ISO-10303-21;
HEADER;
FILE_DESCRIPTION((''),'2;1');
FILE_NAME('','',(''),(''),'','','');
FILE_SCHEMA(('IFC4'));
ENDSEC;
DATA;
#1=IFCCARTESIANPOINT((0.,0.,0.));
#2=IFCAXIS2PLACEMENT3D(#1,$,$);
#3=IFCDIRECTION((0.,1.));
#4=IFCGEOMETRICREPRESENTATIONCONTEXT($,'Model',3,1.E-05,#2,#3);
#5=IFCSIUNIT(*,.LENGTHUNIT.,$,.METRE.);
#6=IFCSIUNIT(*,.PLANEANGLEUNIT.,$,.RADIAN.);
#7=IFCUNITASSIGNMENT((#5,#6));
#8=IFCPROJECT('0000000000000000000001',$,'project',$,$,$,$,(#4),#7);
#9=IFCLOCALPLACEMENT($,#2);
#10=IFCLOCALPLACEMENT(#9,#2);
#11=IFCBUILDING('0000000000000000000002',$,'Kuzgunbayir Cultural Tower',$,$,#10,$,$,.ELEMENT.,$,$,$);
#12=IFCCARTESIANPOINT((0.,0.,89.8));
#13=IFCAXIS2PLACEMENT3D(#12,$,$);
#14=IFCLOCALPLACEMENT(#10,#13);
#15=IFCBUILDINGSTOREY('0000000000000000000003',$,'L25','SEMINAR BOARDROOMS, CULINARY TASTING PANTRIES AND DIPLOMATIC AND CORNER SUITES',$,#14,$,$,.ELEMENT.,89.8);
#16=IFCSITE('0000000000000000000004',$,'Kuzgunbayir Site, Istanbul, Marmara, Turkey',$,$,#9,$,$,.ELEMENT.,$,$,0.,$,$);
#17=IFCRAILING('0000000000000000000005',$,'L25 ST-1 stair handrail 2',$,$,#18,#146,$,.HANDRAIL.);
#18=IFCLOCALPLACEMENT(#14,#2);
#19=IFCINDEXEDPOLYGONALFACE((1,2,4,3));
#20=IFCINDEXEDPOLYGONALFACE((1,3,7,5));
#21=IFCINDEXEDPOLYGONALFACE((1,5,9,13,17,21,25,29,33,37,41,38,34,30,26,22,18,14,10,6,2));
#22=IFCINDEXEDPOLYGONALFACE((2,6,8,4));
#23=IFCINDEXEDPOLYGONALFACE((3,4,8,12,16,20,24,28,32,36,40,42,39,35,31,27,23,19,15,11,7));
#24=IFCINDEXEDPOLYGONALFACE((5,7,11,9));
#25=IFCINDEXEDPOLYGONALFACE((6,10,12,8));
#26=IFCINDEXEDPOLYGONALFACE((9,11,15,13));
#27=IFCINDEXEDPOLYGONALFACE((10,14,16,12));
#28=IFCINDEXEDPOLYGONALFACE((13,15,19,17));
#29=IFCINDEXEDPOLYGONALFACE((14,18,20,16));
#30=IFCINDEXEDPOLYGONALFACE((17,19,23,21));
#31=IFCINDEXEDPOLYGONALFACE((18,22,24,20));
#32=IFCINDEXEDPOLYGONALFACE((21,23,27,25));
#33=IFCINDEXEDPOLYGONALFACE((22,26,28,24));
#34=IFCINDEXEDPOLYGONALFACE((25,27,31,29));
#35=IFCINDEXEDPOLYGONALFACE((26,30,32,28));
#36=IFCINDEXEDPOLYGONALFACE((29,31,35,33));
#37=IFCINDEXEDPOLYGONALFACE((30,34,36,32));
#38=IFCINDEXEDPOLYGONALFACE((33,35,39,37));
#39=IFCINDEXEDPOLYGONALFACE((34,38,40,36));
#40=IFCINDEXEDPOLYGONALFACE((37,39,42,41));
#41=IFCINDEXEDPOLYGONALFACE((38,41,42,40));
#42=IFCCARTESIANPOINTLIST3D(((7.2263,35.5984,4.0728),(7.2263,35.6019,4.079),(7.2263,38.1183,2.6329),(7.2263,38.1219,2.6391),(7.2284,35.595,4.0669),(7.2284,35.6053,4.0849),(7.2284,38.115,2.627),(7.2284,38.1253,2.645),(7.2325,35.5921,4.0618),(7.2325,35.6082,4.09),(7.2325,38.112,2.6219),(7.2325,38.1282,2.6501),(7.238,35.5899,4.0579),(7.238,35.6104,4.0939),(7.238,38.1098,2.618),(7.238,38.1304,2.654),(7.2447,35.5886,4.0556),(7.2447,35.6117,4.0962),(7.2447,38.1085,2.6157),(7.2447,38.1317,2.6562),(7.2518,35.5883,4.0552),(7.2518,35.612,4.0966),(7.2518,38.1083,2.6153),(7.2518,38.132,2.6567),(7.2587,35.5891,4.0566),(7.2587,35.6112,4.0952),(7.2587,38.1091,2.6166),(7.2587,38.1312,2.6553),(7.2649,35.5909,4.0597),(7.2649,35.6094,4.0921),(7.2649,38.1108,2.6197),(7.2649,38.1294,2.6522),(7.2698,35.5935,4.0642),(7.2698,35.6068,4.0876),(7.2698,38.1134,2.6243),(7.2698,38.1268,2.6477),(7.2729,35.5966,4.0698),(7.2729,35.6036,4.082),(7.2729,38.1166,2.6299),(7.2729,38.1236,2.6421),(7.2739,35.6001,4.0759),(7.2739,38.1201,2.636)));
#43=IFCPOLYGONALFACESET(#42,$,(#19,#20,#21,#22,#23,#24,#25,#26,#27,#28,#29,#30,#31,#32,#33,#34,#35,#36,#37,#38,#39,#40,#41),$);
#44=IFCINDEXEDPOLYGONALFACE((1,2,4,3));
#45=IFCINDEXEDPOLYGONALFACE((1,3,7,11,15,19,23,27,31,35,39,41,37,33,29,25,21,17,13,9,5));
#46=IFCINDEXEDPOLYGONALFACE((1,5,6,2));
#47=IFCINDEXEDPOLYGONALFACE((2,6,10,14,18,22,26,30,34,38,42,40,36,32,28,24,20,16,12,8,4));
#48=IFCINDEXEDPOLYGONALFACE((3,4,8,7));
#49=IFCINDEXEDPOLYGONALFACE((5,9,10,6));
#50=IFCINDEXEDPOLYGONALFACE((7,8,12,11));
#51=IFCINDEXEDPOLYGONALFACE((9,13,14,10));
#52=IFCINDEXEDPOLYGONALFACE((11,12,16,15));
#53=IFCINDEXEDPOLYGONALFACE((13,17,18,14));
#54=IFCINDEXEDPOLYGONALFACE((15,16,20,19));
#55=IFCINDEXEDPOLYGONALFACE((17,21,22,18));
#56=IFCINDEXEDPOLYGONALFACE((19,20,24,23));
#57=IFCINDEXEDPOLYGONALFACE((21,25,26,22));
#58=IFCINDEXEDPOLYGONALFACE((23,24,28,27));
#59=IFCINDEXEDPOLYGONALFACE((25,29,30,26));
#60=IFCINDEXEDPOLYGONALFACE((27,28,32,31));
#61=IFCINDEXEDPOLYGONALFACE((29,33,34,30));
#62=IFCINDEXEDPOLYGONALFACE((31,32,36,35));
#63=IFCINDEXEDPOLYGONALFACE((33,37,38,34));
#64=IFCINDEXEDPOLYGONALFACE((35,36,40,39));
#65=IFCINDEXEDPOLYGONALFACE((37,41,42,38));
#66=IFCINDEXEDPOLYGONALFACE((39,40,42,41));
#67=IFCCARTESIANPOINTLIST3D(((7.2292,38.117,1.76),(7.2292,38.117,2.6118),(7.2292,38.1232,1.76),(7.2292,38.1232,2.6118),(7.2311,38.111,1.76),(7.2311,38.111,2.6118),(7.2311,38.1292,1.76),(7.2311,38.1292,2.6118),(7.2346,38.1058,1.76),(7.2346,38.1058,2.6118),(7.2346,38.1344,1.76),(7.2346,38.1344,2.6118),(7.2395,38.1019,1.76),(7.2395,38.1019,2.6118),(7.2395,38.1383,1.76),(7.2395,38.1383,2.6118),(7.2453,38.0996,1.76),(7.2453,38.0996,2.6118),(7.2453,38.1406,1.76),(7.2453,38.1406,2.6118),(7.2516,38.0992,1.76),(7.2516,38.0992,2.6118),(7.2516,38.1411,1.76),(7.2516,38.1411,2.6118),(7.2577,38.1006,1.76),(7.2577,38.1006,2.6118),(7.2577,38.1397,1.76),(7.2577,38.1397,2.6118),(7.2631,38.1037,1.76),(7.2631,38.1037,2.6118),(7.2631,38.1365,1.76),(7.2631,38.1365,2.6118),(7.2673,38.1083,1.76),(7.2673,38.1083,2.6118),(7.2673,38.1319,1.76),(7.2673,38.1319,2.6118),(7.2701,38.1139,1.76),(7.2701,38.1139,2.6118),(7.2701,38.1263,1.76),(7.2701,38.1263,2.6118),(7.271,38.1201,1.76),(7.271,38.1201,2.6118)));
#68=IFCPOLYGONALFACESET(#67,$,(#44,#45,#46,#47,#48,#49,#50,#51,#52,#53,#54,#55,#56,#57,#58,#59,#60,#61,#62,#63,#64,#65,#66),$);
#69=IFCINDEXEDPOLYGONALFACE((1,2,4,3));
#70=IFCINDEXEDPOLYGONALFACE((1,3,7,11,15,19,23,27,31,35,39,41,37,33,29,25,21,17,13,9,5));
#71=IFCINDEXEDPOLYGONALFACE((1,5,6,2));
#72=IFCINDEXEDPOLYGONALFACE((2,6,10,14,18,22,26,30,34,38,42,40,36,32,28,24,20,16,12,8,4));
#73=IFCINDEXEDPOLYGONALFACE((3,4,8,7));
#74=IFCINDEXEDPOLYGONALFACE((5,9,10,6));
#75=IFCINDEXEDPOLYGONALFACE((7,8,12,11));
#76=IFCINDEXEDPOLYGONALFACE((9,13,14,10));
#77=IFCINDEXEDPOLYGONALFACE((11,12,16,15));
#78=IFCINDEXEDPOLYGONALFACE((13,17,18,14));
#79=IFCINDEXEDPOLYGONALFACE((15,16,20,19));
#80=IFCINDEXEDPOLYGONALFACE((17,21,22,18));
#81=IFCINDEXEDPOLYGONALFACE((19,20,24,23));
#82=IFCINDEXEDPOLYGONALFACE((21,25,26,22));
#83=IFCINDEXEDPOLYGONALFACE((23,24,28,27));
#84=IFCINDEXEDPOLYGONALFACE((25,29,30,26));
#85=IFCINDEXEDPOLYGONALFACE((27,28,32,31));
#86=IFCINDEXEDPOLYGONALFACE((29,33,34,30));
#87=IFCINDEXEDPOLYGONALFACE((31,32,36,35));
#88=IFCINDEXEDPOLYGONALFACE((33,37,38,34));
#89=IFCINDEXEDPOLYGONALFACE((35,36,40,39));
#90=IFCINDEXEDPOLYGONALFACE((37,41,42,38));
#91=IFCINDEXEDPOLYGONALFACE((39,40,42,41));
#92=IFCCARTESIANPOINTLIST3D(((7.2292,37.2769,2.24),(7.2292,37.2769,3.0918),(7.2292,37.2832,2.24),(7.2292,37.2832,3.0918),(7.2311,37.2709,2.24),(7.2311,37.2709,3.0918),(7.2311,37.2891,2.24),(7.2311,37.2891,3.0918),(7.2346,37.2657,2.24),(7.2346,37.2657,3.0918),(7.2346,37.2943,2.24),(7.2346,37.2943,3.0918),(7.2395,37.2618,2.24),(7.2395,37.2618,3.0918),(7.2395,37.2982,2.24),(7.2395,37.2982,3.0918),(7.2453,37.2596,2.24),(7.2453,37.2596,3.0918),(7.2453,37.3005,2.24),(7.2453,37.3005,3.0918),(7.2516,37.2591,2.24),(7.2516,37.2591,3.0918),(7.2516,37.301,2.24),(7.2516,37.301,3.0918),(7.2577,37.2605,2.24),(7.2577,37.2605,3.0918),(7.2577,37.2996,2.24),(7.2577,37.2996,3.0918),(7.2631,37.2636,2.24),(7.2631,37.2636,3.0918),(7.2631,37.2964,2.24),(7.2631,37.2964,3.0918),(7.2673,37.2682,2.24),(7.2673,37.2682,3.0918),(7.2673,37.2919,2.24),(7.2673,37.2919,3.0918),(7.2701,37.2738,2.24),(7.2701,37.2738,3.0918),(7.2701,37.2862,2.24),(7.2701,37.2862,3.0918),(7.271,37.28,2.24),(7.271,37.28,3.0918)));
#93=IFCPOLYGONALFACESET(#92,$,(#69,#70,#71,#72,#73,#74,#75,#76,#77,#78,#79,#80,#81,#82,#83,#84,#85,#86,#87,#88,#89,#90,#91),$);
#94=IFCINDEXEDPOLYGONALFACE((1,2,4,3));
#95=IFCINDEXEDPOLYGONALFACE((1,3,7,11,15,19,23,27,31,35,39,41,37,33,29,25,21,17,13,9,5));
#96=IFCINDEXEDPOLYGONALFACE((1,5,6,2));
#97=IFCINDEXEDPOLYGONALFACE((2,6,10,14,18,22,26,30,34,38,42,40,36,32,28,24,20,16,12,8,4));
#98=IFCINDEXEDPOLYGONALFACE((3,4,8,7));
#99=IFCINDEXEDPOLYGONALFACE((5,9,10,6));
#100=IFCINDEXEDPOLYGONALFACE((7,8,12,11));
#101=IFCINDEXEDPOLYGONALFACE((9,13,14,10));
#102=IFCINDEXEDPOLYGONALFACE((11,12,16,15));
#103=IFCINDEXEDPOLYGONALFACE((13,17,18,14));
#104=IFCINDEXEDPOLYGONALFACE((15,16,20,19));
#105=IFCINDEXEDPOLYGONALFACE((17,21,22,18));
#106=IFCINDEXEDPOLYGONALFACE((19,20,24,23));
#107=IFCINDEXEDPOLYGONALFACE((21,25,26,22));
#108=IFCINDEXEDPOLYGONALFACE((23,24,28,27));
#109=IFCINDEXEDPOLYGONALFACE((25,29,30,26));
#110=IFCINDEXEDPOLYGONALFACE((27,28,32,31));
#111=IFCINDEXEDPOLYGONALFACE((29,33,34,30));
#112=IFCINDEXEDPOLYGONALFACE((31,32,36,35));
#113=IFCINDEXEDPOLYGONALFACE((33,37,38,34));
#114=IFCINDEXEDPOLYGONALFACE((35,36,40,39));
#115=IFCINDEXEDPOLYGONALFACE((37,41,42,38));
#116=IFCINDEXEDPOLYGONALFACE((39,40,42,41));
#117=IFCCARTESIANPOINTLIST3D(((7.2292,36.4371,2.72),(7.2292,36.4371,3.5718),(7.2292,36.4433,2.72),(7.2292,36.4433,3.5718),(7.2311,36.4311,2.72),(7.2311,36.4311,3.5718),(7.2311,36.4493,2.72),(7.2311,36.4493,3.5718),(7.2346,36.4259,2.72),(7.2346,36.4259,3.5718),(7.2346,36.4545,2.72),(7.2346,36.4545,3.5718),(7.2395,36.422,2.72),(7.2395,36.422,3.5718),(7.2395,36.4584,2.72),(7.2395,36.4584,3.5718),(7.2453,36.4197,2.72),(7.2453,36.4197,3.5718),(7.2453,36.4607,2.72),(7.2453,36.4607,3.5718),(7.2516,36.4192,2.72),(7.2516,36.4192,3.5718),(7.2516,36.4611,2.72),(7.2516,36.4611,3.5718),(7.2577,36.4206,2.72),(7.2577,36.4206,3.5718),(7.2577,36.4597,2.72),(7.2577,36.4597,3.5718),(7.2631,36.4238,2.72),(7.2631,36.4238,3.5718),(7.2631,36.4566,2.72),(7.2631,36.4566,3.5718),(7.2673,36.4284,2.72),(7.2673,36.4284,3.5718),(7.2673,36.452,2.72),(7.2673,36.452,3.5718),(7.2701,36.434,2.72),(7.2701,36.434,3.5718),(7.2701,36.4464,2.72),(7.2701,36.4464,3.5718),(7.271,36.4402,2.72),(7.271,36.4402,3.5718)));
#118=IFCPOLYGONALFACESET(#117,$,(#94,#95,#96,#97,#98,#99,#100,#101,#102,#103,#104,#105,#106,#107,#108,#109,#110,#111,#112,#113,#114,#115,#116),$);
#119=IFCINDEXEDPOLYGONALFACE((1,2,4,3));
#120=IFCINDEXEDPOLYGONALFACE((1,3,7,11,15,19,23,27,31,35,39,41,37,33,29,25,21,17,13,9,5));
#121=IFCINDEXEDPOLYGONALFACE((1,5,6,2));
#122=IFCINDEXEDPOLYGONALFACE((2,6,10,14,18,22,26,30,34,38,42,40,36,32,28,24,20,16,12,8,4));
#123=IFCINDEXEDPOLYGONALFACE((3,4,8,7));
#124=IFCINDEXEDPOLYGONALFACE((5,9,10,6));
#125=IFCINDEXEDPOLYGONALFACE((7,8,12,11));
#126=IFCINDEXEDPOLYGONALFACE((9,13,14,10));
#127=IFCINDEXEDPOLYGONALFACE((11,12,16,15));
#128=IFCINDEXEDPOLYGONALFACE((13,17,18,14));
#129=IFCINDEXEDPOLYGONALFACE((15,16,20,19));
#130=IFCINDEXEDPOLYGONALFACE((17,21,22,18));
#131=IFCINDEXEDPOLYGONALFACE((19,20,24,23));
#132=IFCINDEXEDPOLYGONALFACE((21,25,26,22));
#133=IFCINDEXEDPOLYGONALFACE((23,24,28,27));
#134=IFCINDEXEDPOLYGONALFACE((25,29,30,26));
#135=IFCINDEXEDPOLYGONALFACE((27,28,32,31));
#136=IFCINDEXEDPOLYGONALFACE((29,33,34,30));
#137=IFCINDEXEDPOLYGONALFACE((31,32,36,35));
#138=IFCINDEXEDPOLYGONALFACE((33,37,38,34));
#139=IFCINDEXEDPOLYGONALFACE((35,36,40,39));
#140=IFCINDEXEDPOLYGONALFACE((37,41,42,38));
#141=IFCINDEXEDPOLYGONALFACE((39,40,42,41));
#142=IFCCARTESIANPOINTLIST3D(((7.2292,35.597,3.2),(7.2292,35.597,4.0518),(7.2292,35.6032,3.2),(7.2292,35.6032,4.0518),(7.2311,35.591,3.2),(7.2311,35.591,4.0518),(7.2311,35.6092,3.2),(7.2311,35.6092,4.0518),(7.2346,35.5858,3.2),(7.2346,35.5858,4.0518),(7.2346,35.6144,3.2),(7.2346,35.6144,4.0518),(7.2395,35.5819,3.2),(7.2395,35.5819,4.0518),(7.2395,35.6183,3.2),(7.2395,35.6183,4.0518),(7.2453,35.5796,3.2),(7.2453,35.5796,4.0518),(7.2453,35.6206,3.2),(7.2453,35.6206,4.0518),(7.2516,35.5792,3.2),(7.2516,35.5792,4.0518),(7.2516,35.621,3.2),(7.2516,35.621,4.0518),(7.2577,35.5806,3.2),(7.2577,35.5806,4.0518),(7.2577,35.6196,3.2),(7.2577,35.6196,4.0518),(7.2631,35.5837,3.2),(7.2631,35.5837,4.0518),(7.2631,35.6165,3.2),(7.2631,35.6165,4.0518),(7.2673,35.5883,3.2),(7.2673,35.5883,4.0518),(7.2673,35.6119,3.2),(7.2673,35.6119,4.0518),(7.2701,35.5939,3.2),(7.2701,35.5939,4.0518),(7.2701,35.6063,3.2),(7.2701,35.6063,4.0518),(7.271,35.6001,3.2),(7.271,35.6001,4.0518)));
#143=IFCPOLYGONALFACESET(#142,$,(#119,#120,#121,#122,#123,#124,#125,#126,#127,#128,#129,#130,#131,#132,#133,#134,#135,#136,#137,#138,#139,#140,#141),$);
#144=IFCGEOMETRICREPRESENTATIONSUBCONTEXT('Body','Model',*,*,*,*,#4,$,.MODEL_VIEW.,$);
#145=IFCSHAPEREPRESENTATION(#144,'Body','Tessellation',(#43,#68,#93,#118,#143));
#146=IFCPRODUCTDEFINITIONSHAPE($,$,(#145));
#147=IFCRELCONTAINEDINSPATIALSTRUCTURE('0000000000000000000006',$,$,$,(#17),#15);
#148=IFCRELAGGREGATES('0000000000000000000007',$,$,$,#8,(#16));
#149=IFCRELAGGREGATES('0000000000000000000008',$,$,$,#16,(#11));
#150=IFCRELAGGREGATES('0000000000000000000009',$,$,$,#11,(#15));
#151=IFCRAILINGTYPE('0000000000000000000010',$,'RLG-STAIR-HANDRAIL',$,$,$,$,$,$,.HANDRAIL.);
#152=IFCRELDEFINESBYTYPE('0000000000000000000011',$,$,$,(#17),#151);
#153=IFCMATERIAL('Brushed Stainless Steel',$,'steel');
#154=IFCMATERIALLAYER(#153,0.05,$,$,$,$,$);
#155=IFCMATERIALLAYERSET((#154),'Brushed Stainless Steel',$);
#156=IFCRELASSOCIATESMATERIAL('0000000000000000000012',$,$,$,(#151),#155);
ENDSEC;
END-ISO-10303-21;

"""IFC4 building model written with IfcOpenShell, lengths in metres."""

from ifc_helpers import new_model, si_unit, direction, frame, origin, origin_2d, place, context, subcontext, project, spatial, circle, extrude, material, layer, layer_set, type_object, element, save


model = new_model("IFC4")

# Units and contexts
model_context = context("Model", 3, precision=1e-05, world=origin(), true_north=direction((0.0, 1.0)))
body_context = subcontext(model_context, "Body", "Model", "MODEL_VIEW")
ifc_project = project(units=[si_unit("LENGTHUNIT", "METRE"), si_unit("PLANEANGLEUNIT", "RADIAN")], contexts=[model_context])

# Site, building, storey
site_placement = place(None, origin())
site = spatial("IfcSite", under=ifc_project, at=site_placement, Name="Kuzgunbayir Site, Istanbul, Marmara, Turkey", CompositionType="ELEMENT", RefElevation=0.0)
building_placement = place(site_placement, origin())
building = spatial("IfcBuilding", under=site, at=building_placement, Name="Kuzgunbayir Cultural Tower", CompositionType="ELEMENT")
storey_placement = place(building_placement, frame((0.0, 0.0, 89.8)))
storey = spatial("IfcBuildingStorey", under=building, at=storey_placement, Name="L25", Description="SEMINAR BOARDROOMS, CULINARY TASTING PANTRIES AND DIPLOMATIC AND CORNER SUITES", CompositionType="ELEMENT", Elevation=89.8)

# Shared definitions
ifc_material_1 = material(Name="Brushed Stainless Steel", Category="steel")

# Railing
ifc_layer_1 = layer(ifc_material_1, 0.05)
ifc_layer_set_1 = layer_set([ifc_layer_1], Name="Brushed Stainless Steel")
railing_type_1 = type_object("IfcRailingType", Name="RLG-STAIR-HANDRAIL", PredefinedType="HANDRAIL", material=ifc_layer_set_1)
railing_1_placement = place(storey_placement, frame((7.25, 38.1201, 1.76)))
element("IfcRailing", 1, at=railing_1_placement, inside=storey, type_object=railing_type_1, Name="L25 ST-1 stair handrail 2", PredefinedType="HANDRAIL", context=body_context, shape_type="SweptSolid", body=[
    extrude(circle(Radius=0.0239, at=origin_2d()), frame((0.0, 0.0, 0.876), z_axis=(0.0, -0.868253, 0.496121), x_axis=(1.0, 0.0, 0.0)), (0.0, 0.0, 1.0), 2.9023),
    extrude(circle(Radius=0.021, at=origin_2d()), origin(), (0.0, 0.0, 1.0), 0.8518),
    extrude(circle(Radius=0.021, at=origin_2d()), frame((0.0, -0.8401, 0.48)), (0.0, 0.0, 1.0), 0.8518),
    extrude(circle(Radius=0.021, at=origin_2d()), frame((0.0, -1.6799, 0.96)), (0.0, 0.0, 1.0), 0.8518),
    extrude(circle(Radius=0.021, at=origin_2d()), frame((0.0, -2.52, 1.4399)), (0.0, 0.0, 1.0), 0.8518),
])

save(model, "model.ifc")
